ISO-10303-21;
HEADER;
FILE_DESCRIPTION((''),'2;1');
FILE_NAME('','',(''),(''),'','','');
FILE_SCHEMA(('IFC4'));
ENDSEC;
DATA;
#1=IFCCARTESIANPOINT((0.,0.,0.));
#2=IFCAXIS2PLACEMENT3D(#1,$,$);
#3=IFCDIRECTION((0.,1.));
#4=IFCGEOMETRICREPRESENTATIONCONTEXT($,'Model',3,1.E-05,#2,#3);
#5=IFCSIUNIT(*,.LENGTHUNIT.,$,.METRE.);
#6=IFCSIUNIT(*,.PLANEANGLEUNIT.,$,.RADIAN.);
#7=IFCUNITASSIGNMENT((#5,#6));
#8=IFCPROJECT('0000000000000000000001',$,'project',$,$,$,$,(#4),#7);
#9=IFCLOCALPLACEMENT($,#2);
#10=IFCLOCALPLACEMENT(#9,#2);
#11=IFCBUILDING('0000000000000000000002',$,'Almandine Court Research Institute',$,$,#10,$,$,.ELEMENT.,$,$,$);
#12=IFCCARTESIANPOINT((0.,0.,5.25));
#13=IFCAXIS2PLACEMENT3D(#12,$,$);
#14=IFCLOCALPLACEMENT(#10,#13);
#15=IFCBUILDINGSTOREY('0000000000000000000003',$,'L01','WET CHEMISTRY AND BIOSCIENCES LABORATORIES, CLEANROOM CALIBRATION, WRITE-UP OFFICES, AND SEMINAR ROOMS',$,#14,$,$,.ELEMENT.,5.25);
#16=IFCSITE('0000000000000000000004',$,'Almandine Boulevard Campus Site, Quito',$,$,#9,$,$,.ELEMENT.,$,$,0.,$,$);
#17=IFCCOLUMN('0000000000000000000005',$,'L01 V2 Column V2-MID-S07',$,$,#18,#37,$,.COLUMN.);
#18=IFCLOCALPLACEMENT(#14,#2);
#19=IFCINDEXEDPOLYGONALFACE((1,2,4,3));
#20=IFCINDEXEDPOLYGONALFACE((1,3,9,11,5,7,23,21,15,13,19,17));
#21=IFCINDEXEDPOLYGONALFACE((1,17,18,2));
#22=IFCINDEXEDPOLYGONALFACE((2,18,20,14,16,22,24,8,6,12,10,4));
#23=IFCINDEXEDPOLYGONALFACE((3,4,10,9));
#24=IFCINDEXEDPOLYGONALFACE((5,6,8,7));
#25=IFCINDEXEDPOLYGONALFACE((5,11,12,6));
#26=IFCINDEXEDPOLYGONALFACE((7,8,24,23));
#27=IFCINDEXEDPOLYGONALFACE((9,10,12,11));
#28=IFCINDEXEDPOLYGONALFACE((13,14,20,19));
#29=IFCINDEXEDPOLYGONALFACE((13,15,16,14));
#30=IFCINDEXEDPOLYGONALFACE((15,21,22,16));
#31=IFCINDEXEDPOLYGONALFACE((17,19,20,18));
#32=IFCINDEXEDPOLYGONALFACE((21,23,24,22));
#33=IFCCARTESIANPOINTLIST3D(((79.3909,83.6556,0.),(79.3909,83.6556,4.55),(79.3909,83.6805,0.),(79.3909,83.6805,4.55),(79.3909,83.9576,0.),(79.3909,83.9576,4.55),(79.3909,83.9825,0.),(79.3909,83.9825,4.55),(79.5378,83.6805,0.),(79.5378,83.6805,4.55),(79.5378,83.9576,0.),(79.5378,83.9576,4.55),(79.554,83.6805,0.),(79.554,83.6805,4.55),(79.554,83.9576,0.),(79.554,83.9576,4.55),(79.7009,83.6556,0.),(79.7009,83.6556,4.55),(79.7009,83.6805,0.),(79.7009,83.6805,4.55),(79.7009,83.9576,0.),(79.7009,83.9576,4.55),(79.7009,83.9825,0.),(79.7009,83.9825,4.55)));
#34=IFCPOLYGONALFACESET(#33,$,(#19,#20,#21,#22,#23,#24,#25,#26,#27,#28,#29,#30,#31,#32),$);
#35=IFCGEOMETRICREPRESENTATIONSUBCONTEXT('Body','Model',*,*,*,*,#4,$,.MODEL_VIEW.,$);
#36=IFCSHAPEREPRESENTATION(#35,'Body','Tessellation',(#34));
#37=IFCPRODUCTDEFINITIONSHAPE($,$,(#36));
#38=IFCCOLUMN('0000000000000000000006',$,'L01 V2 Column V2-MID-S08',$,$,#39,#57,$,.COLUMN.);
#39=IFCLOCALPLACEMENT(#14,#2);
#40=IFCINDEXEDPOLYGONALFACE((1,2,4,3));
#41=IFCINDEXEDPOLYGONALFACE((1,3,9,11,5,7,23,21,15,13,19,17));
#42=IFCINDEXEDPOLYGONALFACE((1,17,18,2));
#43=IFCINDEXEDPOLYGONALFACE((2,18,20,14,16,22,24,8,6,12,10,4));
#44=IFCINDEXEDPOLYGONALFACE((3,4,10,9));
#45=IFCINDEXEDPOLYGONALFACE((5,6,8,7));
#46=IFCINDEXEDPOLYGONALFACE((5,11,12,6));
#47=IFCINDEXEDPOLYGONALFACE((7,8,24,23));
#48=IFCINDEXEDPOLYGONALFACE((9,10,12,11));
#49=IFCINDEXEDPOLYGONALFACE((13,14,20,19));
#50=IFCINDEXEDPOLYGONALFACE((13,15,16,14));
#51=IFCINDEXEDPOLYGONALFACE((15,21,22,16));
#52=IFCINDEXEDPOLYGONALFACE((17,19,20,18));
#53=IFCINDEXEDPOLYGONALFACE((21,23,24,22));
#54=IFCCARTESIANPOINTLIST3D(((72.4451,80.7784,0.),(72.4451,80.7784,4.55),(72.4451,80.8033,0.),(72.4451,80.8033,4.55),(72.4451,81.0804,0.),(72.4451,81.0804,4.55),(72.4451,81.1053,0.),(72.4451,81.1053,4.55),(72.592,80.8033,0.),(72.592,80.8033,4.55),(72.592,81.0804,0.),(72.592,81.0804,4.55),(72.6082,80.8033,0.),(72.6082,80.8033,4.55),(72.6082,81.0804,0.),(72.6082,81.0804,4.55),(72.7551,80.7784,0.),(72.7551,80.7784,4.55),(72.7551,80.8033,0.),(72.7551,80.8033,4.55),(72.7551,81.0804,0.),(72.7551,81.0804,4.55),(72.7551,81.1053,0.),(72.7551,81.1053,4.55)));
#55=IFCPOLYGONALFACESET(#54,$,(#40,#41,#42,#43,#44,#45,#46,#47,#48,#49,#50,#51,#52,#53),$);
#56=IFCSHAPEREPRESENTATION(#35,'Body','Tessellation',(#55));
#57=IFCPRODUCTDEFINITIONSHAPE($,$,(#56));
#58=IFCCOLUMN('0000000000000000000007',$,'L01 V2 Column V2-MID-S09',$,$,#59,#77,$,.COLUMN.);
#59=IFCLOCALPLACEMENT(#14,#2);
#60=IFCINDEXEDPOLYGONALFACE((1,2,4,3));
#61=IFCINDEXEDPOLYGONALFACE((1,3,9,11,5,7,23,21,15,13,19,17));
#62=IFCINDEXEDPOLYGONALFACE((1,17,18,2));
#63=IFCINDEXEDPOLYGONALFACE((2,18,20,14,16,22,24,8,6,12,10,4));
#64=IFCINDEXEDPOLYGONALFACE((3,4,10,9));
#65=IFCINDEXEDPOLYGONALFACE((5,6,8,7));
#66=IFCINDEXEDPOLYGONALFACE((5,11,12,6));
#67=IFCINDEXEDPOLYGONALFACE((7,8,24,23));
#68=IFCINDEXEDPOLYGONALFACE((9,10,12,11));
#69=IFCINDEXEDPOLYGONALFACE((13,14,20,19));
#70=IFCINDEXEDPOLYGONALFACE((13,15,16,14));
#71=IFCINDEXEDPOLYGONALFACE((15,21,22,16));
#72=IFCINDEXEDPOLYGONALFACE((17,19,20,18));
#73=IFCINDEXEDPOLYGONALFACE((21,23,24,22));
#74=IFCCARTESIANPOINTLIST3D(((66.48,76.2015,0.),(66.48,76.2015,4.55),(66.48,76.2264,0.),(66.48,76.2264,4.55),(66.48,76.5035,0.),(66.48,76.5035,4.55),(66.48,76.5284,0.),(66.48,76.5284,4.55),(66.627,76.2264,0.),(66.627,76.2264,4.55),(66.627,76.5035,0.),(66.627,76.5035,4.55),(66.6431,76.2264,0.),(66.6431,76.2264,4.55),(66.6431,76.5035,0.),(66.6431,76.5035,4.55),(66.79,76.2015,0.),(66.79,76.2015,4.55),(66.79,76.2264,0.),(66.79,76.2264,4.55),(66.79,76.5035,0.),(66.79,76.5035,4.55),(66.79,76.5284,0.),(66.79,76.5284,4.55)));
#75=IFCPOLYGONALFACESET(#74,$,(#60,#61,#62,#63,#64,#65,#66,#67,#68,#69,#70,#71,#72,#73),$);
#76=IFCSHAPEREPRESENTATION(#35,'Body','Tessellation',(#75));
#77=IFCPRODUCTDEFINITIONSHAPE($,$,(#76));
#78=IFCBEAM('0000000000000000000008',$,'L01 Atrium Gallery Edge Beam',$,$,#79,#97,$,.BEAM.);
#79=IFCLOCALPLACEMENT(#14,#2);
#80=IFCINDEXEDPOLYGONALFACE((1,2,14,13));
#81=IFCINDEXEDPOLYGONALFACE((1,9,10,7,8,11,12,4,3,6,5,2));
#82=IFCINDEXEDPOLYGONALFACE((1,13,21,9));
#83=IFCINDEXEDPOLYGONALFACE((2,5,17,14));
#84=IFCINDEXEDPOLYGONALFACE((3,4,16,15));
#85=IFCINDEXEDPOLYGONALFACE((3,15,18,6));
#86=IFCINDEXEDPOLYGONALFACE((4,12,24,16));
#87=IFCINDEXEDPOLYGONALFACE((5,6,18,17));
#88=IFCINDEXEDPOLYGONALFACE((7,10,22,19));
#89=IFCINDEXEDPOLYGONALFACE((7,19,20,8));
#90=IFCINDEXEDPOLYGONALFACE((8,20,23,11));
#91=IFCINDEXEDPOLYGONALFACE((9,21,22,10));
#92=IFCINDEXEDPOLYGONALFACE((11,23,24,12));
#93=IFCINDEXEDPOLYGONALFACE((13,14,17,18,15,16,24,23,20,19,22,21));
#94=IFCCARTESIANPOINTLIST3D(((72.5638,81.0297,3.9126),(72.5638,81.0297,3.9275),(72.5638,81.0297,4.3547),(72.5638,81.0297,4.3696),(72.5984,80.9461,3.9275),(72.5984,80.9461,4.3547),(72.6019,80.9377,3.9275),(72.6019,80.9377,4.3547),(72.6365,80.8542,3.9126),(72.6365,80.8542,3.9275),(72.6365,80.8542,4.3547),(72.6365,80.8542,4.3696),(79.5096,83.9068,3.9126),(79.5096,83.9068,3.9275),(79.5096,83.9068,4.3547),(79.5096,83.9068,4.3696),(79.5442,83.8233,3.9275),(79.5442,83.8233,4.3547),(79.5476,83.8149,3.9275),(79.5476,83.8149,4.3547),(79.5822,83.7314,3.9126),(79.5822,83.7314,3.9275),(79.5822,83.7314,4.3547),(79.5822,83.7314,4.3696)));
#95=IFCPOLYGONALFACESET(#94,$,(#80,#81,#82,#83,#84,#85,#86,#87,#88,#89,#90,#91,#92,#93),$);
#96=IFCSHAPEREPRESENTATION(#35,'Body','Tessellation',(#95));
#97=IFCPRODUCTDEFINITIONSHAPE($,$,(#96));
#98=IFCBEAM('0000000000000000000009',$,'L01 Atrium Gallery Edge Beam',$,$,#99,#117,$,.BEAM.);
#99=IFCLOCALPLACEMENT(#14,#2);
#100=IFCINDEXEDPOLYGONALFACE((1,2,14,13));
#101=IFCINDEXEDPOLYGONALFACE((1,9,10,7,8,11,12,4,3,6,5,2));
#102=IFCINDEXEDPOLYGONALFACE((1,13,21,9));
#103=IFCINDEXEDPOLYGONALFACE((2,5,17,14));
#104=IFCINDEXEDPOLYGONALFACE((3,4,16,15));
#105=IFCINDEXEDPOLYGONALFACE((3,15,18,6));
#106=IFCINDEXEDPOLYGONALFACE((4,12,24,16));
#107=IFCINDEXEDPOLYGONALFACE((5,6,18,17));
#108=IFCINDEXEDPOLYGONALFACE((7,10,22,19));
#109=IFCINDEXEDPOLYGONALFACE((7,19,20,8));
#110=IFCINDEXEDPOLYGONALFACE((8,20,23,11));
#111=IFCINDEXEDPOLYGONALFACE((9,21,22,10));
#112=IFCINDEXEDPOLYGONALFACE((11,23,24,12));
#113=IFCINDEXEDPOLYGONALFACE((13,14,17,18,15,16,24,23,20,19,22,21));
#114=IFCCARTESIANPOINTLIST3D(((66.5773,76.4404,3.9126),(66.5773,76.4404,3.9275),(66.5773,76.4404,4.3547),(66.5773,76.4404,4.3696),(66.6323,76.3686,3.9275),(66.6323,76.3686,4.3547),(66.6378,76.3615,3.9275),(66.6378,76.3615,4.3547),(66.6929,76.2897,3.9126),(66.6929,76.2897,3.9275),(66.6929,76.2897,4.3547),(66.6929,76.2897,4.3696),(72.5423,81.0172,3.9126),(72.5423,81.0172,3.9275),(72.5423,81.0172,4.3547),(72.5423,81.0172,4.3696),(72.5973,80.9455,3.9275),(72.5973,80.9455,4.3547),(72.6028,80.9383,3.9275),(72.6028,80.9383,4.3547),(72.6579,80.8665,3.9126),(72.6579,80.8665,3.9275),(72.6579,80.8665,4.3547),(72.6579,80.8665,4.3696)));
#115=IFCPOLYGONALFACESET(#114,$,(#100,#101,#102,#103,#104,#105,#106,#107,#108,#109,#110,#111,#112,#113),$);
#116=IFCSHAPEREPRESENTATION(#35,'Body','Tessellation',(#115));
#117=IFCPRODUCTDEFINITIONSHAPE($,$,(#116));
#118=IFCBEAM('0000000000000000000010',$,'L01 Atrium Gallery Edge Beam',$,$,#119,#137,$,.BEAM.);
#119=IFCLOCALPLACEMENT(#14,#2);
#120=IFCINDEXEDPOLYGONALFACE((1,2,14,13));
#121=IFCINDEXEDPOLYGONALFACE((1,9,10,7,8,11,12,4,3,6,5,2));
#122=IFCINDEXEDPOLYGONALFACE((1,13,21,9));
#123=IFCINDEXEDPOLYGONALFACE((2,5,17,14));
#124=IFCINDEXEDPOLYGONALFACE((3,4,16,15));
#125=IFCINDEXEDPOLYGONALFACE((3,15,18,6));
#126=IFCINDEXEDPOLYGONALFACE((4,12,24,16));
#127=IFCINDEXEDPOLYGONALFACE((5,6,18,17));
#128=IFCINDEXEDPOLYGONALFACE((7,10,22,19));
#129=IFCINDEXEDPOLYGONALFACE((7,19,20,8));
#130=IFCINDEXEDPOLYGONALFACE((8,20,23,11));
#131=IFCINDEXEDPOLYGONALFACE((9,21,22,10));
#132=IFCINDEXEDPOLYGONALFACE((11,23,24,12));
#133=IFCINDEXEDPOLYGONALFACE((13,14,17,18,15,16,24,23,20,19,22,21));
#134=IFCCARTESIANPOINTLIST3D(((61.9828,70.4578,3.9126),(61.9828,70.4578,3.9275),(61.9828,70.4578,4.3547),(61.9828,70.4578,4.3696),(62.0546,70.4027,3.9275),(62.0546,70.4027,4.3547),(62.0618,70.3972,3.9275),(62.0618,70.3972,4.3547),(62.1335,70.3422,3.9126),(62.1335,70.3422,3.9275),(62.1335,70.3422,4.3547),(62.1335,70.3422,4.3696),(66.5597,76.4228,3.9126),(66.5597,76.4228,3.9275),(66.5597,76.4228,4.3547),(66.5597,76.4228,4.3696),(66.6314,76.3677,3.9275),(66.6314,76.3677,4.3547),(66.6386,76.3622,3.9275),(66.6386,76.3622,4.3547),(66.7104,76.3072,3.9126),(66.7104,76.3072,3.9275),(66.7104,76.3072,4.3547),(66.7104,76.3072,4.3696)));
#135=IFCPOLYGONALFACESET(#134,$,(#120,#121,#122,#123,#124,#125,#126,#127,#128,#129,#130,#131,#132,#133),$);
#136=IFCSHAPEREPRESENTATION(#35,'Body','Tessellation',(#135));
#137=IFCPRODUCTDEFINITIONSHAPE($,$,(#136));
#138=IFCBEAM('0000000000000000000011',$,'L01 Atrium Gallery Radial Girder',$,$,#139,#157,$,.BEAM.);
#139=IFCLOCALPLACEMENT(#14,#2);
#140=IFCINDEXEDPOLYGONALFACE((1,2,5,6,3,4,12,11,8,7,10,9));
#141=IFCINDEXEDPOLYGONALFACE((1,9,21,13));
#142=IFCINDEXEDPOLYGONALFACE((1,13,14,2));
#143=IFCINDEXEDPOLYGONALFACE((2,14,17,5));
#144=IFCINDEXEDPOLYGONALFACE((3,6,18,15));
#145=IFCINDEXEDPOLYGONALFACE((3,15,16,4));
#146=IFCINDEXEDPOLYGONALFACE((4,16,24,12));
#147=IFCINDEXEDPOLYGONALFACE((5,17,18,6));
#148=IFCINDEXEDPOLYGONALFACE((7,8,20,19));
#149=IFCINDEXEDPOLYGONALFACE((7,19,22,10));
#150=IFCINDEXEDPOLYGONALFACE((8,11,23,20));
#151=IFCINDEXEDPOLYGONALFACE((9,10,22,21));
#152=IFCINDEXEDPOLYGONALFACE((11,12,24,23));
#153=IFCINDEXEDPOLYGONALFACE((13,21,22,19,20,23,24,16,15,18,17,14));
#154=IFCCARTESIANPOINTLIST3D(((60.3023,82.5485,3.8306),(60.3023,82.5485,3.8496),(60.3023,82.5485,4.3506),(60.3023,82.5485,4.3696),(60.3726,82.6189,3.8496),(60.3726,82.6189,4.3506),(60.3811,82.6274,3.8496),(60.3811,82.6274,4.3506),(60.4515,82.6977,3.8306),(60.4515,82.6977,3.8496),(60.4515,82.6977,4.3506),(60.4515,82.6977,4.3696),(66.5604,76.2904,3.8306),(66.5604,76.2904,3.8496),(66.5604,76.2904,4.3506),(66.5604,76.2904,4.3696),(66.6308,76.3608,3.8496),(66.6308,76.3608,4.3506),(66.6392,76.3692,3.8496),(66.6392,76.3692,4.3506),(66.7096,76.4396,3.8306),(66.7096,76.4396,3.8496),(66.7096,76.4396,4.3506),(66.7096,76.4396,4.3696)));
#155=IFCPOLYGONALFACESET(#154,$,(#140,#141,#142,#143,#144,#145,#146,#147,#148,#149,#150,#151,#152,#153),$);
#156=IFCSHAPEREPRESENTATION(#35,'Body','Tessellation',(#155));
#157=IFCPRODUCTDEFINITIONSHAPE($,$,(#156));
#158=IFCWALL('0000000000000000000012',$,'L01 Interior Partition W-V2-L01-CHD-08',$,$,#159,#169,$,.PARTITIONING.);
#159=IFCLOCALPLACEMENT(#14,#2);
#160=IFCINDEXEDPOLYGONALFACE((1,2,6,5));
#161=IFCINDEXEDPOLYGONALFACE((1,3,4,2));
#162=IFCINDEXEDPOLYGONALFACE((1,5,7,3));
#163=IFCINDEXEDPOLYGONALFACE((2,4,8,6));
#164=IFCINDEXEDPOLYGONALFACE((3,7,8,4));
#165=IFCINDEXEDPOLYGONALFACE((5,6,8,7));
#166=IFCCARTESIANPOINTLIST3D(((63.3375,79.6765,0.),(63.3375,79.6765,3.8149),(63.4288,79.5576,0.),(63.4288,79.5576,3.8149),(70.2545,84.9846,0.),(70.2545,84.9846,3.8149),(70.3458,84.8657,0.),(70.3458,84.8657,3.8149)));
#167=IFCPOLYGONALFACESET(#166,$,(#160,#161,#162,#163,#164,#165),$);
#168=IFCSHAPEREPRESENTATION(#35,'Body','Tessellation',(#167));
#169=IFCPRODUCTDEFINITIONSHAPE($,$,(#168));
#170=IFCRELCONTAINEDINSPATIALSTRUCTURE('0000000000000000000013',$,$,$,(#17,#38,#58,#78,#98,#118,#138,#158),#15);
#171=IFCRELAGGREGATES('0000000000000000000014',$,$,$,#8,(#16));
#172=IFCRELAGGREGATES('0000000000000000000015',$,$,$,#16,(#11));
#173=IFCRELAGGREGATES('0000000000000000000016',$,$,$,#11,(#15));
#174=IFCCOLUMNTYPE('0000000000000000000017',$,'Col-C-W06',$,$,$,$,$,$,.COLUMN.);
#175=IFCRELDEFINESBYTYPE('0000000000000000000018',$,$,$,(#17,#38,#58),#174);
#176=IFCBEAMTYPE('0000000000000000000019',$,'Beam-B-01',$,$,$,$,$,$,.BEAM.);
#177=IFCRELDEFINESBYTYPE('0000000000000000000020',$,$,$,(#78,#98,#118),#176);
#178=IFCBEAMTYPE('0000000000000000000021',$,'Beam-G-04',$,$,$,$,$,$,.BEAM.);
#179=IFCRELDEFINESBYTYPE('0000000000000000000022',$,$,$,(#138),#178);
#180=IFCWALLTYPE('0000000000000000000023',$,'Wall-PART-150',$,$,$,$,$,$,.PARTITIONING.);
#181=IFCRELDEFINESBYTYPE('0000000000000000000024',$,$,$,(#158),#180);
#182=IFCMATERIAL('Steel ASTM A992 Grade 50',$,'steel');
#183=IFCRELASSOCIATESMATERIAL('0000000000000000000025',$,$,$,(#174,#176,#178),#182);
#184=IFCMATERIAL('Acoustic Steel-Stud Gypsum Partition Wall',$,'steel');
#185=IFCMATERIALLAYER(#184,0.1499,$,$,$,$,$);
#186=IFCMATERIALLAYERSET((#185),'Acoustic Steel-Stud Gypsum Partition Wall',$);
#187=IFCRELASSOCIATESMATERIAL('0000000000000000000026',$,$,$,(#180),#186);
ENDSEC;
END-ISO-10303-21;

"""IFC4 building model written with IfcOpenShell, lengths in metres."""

from ifc_helpers import new_model, si_unit, direction, frame, frame_2d, origin, origin_2d, place, context, subcontext, project, spatial, rectangle, i_section, extrude, material, layer, layer_set, material_profile, profile_set, type_object, element, save


model = new_model("IFC4")

# Units and contexts
model_context = context("Model", 3, precision=1e-05, world=origin(), true_north=direction((0.0, 1.0)))
body_context = subcontext(model_context, "Body", "Model", "MODEL_VIEW")
ifc_project = project(units=[si_unit("LENGTHUNIT", "METRE"), si_unit("PLANEANGLEUNIT", "RADIAN")], contexts=[model_context])

# Site, building, storey
site_placement = place(None, origin())
site = spatial("IfcSite", under=ifc_project, at=site_placement, Name="Almandine Boulevard Campus Site, Quito", CompositionType="ELEMENT", RefElevation=0.0)
building_placement = place(site_placement, origin())
building = spatial("IfcBuilding", under=site, at=building_placement, Name="Almandine Court Research Institute", CompositionType="ELEMENT")
storey_placement = place(building_placement, frame((0.0, 0.0, 5.25)))
storey = spatial("IfcBuildingStorey", under=building, at=storey_placement, Name="L01", Description="WET CHEMISTRY AND BIOSCIENCES LABORATORIES, CLEANROOM CALIBRATION, WRITE-UP OFFICES, AND SEMINAR ROOMS", CompositionType="ELEMENT", Elevation=5.25)

# Columns
ifc_material_1 = material(Name="Steel ASTM A992 Grade 50", Category="steel")
ifc_material_profile_1 = material_profile(ifc_material_1, i_section(OverallWidth=0.3101, OverallDepth=0.3269, WebThickness=0.0161, FlangeThickness=0.0249, at=origin_2d()), Name="W310x158")
ifc_profile_set_1 = profile_set([ifc_material_profile_1], Name="Steel ASTM A992 Grade 50")
column_type = type_object("IfcColumnType", Name="Col-C-W06", PredefinedType="COLUMN", material=ifc_profile_set_1)
for number, where, z_axis, x_axis, name in (
    (1, (79.5459, 83.8191, 0.0), (0.0, 0.0, 1.0), (1.0, 0.0, 0.0), "L01 V2 Column V2-MID-S07"),
    (2, (72.6001, 80.9419, 0.0), (0.0, 0.0, 1.0), (1.0, 0.0, 0.0), "L01 V2 Column V2-MID-S08"),
    (3, (66.635, 76.365, 0.0), (0.0, 0.0, 1.0), (1.0, 0.0, 0.0), "L01 V2 Column V2-MID-S09"),
):
    element("IfcColumn", number, at=place(storey_placement, frame(where, z_axis=z_axis, x_axis=x_axis)), inside=storey, type_object=column_type, Name=name, PredefinedType="COLUMN", context=body_context, shape_type="SweptSolid", body=[
        extrude(i_section(OverallWidth=0.3101, OverallDepth=0.3269, WebThickness=0.0161, FlangeThickness=0.0249, at=origin_2d()), origin(), (0.0, 0.0, 1.0), 4.55),
    ])

# Beams
ifc_material_profile_2 = material_profile(ifc_material_1, i_section(OverallWidth=0.1899, OverallDepth=0.457, WebThickness=0.009, FlangeThickness=0.0149, at=origin_2d()), Name="W460x74")
ifc_profile_set_2 = profile_set([ifc_material_profile_2], Name="Steel ASTM A992 Grade 50")
beam_type_1 = type_object("IfcBeamType", Name="Beam-B-01", PredefinedType="BEAM", material=ifc_profile_set_2)
beam_1_placement = place(storey_placement, frame((79.5459, 83.8191, 4.1411), z_axis=(-0.923872, -0.382701, 0.0), x_axis=(0.382701, -0.923872, 0.0)))
element("IfcBeam", 4, at=beam_1_placement, inside=storey, type_object=beam_type_1, Name="L01 Atrium Gallery Edge Beam", PredefinedType="BEAM", context=body_context, shape_type="SweptSolid", body=[
    extrude(i_section(OverallWidth=0.1899, OverallDepth=0.457, WebThickness=0.009, FlangeThickness=0.0149, at=origin_2d()), origin(), (0.0, 0.0, 1.0), 7.5181),
])
for number, where, z_axis, x_axis, name in (
    (5, (72.6001, 80.9419, 4.1411), (-0.793371, -0.608739, 0.0), (0.608739, -0.793371, 0.0), "L01 Atrium Gallery Edge Beam"),
    (6, (66.635, 76.365, 4.1411), (-0.608739, -0.793371, 0.0), (0.793371, -0.608739, 0.0), "L01 Atrium Gallery Edge Beam"),
):
    element("IfcBeam", number, at=place(storey_placement, frame(where, z_axis=z_axis, x_axis=x_axis)), inside=storey, type_object=beam_type_1, Name=name, PredefinedType="BEAM", context=body_context, shape_type="SweptSolid", body=[
        extrude(i_section(OverallWidth=0.1899, OverallDepth=0.457, WebThickness=0.009, FlangeThickness=0.0149, at=origin_2d()), origin(), (0.0, 0.0, 1.0), 7.5186),
    ])
ifc_material_profile_3 = material_profile(ifc_material_1, i_section(OverallWidth=0.2109, OverallDepth=0.5391, WebThickness=0.012, FlangeThickness=0.019, at=origin_2d()), Name="W530x109")
ifc_profile_set_3 = profile_set([ifc_material_profile_3], Name="Steel ASTM A992 Grade 50")
beam_type_2 = type_object("IfcBeamType", Name="Beam-G-04", PredefinedType="BEAM", material=ifc_profile_set_3)
beam_2_placement = place(storey_placement, frame((66.635, 76.365, 4.1001), z_axis=(-0.707107, 0.707107, 0.0), x_axis=(-0.707107, -0.707107, 0.0)))
element("IfcBeam", 7, at=beam_2_placement, inside=storey, type_object=beam_type_2, Name="L01 Atrium Gallery Radial Girder", PredefinedType="BEAM", context=body_context, shape_type="SweptSolid", body=[
    extrude(i_section(OverallWidth=0.2109, OverallDepth=0.5391, WebThickness=0.012, FlangeThickness=0.019, at=origin_2d()), origin(), (0.0, 0.0, 1.0), 8.8503),
])

# Wall
ifc_material_2 = material(Name="Acoustic Steel-Stud Gypsum Partition Wall", Category="steel")
ifc_layer = layer(ifc_material_2, 0.1499)
ifc_layer_set = layer_set([ifc_layer], Name="Acoustic Steel-Stud Gypsum Partition Wall")
wall_type = type_object("IfcWallType", Name="Wall-PART-150", PredefinedType="PARTITIONING", material=ifc_layer_set)
wall_1_placement = place(storey_placement, frame((70.3, 84.925, 0.0), z_axis=(0.0, 0.0, 1.0), x_axis=(-0.793325, -0.608798, 0.0)))
element("IfcWall", 8, at=wall_1_placement, inside=storey, type_object=wall_type, Name="L01 Interior Partition W-V2-L01-CHD-08", PredefinedType="PARTITIONING", context=body_context, shape_type="SweptSolid", body=[
    extrude(rectangle(XDim=8.719, YDim=0.1499, at=frame_2d((4.3594, 0.0))), origin(), (0.0, 0.0, 1.0), 3.8149),
])

save(model, "model.ifc")
